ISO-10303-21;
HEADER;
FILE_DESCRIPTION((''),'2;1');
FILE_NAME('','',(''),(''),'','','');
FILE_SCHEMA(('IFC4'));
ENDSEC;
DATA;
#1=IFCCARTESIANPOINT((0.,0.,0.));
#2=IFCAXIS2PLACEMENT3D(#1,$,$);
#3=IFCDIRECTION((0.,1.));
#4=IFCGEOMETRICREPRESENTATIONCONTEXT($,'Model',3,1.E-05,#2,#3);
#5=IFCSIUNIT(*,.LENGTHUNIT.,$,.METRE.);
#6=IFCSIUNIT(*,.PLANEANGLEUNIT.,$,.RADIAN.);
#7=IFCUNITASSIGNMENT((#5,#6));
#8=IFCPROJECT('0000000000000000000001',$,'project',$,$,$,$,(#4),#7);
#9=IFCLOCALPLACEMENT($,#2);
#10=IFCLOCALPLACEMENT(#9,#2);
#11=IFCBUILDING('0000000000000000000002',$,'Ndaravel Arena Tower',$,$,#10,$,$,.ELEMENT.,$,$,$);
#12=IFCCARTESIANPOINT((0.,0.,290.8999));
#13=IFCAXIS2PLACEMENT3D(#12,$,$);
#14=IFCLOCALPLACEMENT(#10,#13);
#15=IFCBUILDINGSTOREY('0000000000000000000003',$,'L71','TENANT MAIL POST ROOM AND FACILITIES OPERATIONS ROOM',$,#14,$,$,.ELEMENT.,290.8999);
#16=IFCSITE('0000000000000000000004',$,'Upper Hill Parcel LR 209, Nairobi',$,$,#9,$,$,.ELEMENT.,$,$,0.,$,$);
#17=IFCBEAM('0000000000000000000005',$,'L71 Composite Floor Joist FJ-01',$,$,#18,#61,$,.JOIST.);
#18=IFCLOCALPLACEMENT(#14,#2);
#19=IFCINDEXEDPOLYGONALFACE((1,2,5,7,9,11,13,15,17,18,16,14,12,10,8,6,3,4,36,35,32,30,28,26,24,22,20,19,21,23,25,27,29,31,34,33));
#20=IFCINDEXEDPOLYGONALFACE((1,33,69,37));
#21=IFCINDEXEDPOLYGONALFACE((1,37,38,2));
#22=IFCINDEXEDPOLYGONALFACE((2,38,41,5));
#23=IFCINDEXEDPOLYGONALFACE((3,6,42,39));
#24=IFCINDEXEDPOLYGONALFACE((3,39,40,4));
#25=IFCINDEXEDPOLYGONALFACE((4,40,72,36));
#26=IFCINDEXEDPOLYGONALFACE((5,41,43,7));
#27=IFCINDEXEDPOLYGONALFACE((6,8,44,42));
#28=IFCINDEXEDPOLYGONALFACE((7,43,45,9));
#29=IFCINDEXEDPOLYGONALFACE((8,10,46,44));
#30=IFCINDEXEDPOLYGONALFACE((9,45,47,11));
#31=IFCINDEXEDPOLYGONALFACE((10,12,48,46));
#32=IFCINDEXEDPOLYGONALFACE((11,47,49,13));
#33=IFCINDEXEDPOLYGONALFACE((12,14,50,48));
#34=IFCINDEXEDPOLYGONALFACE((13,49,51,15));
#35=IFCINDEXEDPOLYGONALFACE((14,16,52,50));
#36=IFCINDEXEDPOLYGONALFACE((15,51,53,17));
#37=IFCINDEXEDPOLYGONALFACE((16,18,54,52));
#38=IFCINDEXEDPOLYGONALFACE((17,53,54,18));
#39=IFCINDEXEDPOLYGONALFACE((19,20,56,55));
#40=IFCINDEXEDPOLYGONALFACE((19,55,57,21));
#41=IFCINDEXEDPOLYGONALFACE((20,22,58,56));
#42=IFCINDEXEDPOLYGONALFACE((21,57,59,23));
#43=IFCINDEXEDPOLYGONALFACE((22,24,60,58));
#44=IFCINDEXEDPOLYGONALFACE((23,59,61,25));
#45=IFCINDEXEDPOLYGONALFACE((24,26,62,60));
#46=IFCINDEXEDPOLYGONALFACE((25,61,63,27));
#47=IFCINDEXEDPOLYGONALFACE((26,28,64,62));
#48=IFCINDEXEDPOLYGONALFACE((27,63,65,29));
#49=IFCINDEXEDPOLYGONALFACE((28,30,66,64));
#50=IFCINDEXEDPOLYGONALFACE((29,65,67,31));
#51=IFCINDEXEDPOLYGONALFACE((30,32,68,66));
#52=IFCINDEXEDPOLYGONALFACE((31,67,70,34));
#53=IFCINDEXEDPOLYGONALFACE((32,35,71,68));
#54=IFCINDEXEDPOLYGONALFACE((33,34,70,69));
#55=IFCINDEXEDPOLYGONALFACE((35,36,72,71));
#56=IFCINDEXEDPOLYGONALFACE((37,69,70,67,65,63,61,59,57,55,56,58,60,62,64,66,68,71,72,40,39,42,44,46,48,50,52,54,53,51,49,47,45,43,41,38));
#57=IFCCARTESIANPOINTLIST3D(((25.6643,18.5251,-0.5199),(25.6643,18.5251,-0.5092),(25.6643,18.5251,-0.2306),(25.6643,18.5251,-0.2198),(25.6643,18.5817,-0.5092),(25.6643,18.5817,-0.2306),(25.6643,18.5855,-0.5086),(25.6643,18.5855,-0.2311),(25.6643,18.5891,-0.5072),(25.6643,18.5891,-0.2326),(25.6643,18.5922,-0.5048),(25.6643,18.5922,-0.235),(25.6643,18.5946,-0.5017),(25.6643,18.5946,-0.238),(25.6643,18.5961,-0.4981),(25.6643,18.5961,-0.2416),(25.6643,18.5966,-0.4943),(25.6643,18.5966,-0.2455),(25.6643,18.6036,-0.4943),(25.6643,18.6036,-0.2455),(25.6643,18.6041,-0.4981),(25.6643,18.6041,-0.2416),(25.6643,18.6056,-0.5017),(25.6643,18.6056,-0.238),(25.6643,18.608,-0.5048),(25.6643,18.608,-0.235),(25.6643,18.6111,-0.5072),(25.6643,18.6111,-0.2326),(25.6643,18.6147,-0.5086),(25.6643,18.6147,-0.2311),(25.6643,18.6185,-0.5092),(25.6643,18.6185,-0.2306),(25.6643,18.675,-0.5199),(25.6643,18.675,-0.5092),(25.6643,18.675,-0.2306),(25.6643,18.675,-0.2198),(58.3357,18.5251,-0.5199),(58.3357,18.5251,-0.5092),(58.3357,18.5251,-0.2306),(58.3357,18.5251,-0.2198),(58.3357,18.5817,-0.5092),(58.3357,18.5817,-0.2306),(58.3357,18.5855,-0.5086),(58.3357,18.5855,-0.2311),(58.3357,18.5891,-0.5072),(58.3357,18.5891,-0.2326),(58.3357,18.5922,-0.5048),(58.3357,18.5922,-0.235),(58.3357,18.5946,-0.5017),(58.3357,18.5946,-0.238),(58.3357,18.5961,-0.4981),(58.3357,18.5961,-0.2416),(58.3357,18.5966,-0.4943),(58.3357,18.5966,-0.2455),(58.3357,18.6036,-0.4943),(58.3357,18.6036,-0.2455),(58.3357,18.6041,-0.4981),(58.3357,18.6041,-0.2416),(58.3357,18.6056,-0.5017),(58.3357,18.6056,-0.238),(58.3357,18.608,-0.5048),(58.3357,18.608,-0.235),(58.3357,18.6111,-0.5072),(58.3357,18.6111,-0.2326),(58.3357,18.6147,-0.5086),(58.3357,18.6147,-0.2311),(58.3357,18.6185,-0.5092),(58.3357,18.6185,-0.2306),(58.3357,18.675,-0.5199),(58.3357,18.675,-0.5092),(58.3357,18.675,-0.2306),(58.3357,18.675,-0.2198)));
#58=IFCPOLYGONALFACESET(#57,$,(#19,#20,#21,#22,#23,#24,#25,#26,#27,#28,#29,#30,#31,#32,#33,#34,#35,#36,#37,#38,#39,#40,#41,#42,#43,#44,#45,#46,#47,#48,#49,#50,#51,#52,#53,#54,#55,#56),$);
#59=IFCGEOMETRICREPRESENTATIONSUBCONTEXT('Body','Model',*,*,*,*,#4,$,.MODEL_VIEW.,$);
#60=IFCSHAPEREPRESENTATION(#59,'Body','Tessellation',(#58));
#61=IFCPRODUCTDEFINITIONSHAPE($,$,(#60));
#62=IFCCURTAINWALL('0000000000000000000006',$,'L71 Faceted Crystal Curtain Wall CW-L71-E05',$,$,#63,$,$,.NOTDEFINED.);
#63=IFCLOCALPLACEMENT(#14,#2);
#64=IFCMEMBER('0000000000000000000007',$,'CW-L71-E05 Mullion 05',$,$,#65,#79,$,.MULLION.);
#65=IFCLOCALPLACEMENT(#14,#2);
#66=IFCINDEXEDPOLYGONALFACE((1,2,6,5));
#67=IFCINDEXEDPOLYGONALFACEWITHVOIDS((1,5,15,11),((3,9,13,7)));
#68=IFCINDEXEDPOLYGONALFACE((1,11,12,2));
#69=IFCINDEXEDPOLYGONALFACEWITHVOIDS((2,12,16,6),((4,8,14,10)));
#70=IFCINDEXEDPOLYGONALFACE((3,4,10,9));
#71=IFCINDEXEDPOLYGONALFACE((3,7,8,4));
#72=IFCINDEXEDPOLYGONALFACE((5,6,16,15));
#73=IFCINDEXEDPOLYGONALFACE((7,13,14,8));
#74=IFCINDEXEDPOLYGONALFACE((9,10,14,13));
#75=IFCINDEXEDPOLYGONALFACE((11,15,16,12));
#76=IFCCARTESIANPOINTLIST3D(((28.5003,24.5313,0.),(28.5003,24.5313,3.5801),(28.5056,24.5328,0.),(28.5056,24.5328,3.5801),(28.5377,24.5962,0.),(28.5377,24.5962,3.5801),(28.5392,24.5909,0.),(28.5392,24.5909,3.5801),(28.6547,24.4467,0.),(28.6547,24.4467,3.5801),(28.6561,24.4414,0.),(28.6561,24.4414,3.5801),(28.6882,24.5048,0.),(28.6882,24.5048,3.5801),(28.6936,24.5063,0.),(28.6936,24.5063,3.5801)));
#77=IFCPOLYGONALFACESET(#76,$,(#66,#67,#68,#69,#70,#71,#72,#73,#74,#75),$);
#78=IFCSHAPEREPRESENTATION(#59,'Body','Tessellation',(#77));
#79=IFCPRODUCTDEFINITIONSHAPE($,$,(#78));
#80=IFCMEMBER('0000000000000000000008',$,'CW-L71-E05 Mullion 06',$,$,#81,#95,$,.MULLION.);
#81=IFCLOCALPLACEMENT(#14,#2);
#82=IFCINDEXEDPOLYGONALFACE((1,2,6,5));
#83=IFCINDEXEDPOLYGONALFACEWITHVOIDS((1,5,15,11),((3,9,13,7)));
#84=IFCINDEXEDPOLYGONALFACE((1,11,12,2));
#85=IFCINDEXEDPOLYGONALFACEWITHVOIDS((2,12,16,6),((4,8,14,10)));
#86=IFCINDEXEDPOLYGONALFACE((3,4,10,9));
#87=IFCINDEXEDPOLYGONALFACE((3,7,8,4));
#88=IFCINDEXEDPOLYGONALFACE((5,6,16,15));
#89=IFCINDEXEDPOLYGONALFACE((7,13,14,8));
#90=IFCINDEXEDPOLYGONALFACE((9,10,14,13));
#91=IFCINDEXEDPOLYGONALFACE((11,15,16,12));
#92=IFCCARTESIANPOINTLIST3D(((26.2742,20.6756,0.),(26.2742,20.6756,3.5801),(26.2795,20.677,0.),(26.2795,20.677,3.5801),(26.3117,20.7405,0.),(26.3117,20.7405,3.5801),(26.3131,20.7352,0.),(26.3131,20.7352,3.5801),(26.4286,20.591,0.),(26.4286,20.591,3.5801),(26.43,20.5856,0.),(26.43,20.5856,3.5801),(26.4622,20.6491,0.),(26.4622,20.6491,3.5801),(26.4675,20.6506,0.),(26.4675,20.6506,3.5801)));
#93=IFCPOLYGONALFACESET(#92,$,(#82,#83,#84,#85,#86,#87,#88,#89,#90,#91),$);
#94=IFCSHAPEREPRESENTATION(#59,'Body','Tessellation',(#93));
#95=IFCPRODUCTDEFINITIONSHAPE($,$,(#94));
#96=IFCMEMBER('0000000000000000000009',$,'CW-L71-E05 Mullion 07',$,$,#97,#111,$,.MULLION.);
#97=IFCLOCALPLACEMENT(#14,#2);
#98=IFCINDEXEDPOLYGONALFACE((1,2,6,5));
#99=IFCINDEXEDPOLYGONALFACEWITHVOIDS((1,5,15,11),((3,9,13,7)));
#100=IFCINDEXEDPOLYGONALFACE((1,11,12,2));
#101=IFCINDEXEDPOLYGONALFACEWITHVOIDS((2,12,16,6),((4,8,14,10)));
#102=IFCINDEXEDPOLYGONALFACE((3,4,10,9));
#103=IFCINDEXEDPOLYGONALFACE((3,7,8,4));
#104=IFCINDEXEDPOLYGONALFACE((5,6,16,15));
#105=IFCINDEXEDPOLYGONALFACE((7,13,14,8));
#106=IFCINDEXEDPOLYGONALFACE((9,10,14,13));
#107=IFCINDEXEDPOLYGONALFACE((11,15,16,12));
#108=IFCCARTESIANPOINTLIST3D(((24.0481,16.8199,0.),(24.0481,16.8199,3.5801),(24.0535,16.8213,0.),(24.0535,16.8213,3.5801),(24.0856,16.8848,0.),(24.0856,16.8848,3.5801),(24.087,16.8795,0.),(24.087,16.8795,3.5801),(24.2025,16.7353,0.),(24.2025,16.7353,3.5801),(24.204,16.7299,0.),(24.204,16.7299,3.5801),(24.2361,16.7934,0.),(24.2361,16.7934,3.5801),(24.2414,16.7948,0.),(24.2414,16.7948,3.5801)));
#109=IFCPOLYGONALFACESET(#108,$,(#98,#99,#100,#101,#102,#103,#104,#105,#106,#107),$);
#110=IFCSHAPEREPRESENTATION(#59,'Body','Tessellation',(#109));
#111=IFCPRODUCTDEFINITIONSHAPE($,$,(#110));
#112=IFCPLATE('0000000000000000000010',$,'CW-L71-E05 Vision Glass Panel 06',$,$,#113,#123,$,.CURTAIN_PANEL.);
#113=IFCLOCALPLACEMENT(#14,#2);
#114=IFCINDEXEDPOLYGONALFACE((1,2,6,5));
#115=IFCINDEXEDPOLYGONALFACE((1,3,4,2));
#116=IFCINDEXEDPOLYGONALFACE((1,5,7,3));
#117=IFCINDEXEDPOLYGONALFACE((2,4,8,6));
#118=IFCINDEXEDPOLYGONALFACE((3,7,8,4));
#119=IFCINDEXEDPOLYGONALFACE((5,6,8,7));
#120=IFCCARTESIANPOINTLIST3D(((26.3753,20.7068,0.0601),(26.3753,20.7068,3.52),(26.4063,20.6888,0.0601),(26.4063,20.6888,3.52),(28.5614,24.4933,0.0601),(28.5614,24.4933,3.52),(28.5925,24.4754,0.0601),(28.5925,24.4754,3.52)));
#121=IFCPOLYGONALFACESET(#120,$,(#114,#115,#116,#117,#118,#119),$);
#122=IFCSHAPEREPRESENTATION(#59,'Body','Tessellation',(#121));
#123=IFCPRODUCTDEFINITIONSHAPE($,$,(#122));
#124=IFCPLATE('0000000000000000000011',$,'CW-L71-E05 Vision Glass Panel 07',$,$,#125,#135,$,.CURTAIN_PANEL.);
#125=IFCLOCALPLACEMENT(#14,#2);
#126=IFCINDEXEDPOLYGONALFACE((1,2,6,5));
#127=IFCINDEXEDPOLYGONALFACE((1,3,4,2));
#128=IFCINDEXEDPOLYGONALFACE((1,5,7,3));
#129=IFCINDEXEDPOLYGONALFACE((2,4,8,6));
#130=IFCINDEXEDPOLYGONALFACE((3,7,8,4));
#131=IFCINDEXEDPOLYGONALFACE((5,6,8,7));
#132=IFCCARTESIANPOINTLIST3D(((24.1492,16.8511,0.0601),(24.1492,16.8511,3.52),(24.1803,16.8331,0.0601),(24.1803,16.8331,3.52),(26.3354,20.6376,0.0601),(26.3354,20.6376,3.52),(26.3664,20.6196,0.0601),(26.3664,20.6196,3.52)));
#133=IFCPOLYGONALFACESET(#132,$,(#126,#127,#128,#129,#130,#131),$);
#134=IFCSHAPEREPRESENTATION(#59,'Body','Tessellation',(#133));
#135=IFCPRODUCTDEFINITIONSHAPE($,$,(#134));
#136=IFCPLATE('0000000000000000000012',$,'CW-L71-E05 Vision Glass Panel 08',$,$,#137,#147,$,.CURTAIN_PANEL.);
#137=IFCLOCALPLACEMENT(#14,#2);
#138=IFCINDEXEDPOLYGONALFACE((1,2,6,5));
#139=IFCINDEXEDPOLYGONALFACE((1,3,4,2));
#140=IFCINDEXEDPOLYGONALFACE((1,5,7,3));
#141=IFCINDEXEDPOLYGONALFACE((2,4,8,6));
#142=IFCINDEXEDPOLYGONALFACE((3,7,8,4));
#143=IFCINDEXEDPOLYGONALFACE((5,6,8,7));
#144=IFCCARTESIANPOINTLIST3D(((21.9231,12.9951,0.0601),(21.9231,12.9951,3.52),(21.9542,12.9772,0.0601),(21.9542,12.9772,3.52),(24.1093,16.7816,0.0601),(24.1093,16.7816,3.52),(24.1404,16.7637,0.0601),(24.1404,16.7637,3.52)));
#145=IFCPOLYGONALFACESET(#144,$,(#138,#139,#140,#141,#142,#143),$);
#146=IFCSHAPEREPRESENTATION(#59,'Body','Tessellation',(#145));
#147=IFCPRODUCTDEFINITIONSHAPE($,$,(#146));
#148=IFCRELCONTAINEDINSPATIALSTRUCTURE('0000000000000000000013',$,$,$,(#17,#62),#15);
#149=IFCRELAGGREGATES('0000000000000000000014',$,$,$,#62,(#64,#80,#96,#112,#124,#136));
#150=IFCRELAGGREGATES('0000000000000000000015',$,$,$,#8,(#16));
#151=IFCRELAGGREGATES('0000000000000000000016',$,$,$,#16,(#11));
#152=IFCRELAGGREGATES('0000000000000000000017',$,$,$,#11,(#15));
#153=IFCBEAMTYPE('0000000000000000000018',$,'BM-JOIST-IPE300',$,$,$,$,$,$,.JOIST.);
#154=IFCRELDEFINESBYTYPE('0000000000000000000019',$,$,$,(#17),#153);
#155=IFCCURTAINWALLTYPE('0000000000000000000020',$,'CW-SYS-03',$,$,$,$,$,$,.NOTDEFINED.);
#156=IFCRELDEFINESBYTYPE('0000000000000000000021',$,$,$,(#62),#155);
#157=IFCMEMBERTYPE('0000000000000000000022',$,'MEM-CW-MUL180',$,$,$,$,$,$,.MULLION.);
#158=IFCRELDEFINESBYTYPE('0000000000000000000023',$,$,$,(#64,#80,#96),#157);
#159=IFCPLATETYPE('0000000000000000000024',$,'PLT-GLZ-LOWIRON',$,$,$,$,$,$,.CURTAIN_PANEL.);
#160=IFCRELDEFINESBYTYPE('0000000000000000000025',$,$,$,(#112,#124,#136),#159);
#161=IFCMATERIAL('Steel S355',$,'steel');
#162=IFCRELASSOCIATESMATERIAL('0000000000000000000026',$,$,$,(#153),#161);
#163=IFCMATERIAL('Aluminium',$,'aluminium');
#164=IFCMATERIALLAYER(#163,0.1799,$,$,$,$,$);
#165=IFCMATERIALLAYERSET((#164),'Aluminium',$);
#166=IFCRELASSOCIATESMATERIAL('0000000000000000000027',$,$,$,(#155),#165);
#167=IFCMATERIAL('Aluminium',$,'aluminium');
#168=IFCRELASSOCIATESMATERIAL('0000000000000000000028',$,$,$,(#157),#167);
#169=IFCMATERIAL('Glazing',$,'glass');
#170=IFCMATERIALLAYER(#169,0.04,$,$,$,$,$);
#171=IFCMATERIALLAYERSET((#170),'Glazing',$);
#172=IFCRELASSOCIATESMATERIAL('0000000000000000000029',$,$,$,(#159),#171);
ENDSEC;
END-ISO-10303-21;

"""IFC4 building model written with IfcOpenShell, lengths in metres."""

from ifc_helpers import new_model, si_unit, direction, frame, origin, origin_2d, place, context, subcontext, project, spatial, rectangle, hollow_rectangle, i_section, extrude, material, layer, layer_set, material_profile, profile_set, type_object, element, aggregate, save


model = new_model("IFC4")

# Units and contexts
model_context = context("Model", 3, precision=1e-05, world=origin(), true_north=direction((0.0, 1.0)))
body_context = subcontext(model_context, "Body", "Model", "MODEL_VIEW")
ifc_project = project(units=[si_unit("LENGTHUNIT", "METRE"), si_unit("PLANEANGLEUNIT", "RADIAN")], contexts=[model_context])

# Site, building, storey
site_placement = place(None, origin())
site = spatial("IfcSite", under=ifc_project, at=site_placement, Name="Upper Hill Parcel LR 209, Nairobi", CompositionType="ELEMENT", RefElevation=0.0)
building_placement = place(site_placement, origin())
building = spatial("IfcBuilding", under=site, at=building_placement, Name="Ndaravel Arena Tower", CompositionType="ELEMENT")
storey_placement = place(building_placement, frame((0.0, 0.0, 290.8999)))
storey = spatial("IfcBuildingStorey", under=building, at=storey_placement, Name="L71", Description="TENANT MAIL POST ROOM AND FACILITIES OPERATIONS ROOM", CompositionType="ELEMENT", Elevation=290.8999)

# Beam
ifc_material_1 = material(Name="Steel S355", Category="steel")
ifc_material_profile_1 = material_profile(ifc_material_1, i_section(OverallWidth=0.1499, OverallDepth=0.3, WebThickness=0.0071, FlangeThickness=0.0107, FilletRadius=0.0149, at=origin_2d()), Name="IPE 300")
ifc_profile_set_1 = profile_set([ifc_material_profile_1], Name="Steel S355")
beam_type = type_object("IfcBeamType", Name="BM-JOIST-IPE300", PredefinedType="JOIST", material=ifc_profile_set_1)
beam_placement = place(storey_placement, frame((25.6643, 18.6001, -0.3699), z_axis=(1.0, 0.0, 0.0), x_axis=(0.0, 1.0, 0.0)))
element("IfcBeam", 1, at=beam_placement, inside=storey, type_object=beam_type, Name="L71 Composite Floor Joist FJ-01", PredefinedType="JOIST", context=body_context, shape_type="SweptSolid", body=[
    extrude(i_section(OverallWidth=0.1499, OverallDepth=0.3, WebThickness=0.0071, FlangeThickness=0.0107, FilletRadius=0.0149, at=origin_2d()), origin(), (0.0, 0.0, 1.0), 32.6714),
])

# Curtain wall, members, plates
ifc_material_2 = material(Name="Aluminium", Category="aluminium")
ifc_layer_1 = layer(ifc_material_2, 0.1799)
ifc_layer_set_1 = layer_set([ifc_layer_1], Name="Aluminium")
curtain_wall_type = type_object("IfcCurtainWallType", Name="CW-SYS-03", PredefinedType="NOTDEFINED", material=ifc_layer_set_1)
curtain_wall_placement = place(storey_placement, origin())
curtain_wall = element("IfcCurtainWall", 2, at=curtain_wall_placement, inside=storey, type_object=curtain_wall_type, Name="L71 Faceted Crystal Curtain Wall CW-L71-E05", PredefinedType="NOTDEFINED")
ifc_material_3 = material(Name="Aluminium", Category="aluminium")
ifc_material_profile_2 = material_profile(ifc_material_3, hollow_rectangle(XDim=0.075, YDim=0.1799, WallThickness=0.0039, at=origin_2d()), Name="CW MULLION 75x180x4")
ifc_profile_set_2 = profile_set([ifc_material_profile_2], Name="Aluminium")
member_type = type_object("IfcMemberType", Name="MEM-CW-MUL180", PredefinedType="MULLION", material=ifc_profile_set_2)
member_1_placement = place(storey_placement, frame((28.5969, 24.5188, 0.0), z_axis=(0.0, 0.0, 1.0), x_axis=(-0.5, -0.866025, 0.0)))
member_1 = element("IfcMember", 3, at=member_1_placement, type_object=member_type, Name="CW-L71-E05 Mullion 05", PredefinedType="MULLION", context=body_context, shape_type="SweptSolid", body=[
    extrude(hollow_rectangle(XDim=0.075, YDim=0.1799, WallThickness=0.0039, at=origin_2d()), origin(), (0.0, 0.0, 1.0), 3.5801),
])
member_2_placement = place(storey_placement, frame((26.3708, 20.6631, 0.0), z_axis=(0.0, 0.0, 1.0), x_axis=(-0.5, -0.866025, 0.0)))
member_2 = element("IfcMember", 4, at=member_2_placement, type_object=member_type, Name="CW-L71-E05 Mullion 06", PredefinedType="MULLION", context=body_context, shape_type="SweptSolid", body=[
    extrude(hollow_rectangle(XDim=0.075, YDim=0.1799, WallThickness=0.0039, at=origin_2d()), origin(), (0.0, 0.0, 1.0), 3.5801),
])
member_3_placement = place(storey_placement, frame((24.1448, 16.8074, 0.0), z_axis=(0.0, 0.0, 1.0), x_axis=(-0.5, -0.866025, 0.0)))
member_3 = element("IfcMember", 5, at=member_3_placement, type_object=member_type, Name="CW-L71-E05 Mullion 07", PredefinedType="MULLION", context=body_context, shape_type="SweptSolid", body=[
    extrude(hollow_rectangle(XDim=0.075, YDim=0.1799, WallThickness=0.0039, at=origin_2d()), origin(), (0.0, 0.0, 1.0), 3.5801),
])
ifc_material_4 = material(Name="Glazing", Category="glass")
ifc_layer_2 = layer(ifc_material_4, 0.04)
ifc_layer_set_2 = layer_set([ifc_layer_2], Name="Glazing")
plate_type = type_object("IfcPlateType", Name="PLT-GLZ-LOWIRON", PredefinedType="CURTAIN_PANEL", material=ifc_layer_set_2)
plate_1_placement = place(storey_placement, frame((27.4839, 22.5911, 0.0601), z_axis=(0.0, 0.0, 1.0), x_axis=(-0.5, -0.866025, 0.0)))
plate_1 = element("IfcPlate", 6, at=plate_1_placement, type_object=plate_type, Name="CW-L71-E05 Vision Glass Panel 06", PredefinedType="CURTAIN_PANEL", context=body_context, shape_type="SweptSolid", body=[
    extrude(rectangle(XDim=4.3723, YDim=0.0359, at=origin_2d()), origin(), (0.0, 0.0, 1.0), 3.46),
])
plate_2_placement = place(storey_placement, frame((25.2578, 18.7354, 0.0601), z_axis=(0.0, 0.0, 1.0), x_axis=(-0.5, -0.866025, 0.0)))
plate_2 = element("IfcPlate", 7, at=plate_2_placement, type_object=plate_type, Name="CW-L71-E05 Vision Glass Panel 07", PredefinedType="CURTAIN_PANEL", context=body_context, shape_type="SweptSolid", body=[
    extrude(rectangle(XDim=4.3723, YDim=0.0359, at=origin_2d()), origin(), (0.0, 0.0, 1.0), 3.46),
])
plate_3_placement = place(storey_placement, frame((23.0317, 14.8794, 0.0601), z_axis=(0.0, 0.0, 1.0), x_axis=(-0.5, -0.866025, 0.0)))
plate_3 = element("IfcPlate", 8, at=plate_3_placement, type_object=plate_type, Name="CW-L71-E05 Vision Glass Panel 08", PredefinedType="CURTAIN_PANEL", context=body_context, shape_type="SweptSolid", body=[
    extrude(rectangle(XDim=4.3723, YDim=0.0359, at=origin_2d()), origin(), (0.0, 0.0, 1.0), 3.46),
])
aggregate(curtain_wall, [member_1, member_2, member_3, plate_1, plate_2, plate_3])

save(model, "model.ifc")
